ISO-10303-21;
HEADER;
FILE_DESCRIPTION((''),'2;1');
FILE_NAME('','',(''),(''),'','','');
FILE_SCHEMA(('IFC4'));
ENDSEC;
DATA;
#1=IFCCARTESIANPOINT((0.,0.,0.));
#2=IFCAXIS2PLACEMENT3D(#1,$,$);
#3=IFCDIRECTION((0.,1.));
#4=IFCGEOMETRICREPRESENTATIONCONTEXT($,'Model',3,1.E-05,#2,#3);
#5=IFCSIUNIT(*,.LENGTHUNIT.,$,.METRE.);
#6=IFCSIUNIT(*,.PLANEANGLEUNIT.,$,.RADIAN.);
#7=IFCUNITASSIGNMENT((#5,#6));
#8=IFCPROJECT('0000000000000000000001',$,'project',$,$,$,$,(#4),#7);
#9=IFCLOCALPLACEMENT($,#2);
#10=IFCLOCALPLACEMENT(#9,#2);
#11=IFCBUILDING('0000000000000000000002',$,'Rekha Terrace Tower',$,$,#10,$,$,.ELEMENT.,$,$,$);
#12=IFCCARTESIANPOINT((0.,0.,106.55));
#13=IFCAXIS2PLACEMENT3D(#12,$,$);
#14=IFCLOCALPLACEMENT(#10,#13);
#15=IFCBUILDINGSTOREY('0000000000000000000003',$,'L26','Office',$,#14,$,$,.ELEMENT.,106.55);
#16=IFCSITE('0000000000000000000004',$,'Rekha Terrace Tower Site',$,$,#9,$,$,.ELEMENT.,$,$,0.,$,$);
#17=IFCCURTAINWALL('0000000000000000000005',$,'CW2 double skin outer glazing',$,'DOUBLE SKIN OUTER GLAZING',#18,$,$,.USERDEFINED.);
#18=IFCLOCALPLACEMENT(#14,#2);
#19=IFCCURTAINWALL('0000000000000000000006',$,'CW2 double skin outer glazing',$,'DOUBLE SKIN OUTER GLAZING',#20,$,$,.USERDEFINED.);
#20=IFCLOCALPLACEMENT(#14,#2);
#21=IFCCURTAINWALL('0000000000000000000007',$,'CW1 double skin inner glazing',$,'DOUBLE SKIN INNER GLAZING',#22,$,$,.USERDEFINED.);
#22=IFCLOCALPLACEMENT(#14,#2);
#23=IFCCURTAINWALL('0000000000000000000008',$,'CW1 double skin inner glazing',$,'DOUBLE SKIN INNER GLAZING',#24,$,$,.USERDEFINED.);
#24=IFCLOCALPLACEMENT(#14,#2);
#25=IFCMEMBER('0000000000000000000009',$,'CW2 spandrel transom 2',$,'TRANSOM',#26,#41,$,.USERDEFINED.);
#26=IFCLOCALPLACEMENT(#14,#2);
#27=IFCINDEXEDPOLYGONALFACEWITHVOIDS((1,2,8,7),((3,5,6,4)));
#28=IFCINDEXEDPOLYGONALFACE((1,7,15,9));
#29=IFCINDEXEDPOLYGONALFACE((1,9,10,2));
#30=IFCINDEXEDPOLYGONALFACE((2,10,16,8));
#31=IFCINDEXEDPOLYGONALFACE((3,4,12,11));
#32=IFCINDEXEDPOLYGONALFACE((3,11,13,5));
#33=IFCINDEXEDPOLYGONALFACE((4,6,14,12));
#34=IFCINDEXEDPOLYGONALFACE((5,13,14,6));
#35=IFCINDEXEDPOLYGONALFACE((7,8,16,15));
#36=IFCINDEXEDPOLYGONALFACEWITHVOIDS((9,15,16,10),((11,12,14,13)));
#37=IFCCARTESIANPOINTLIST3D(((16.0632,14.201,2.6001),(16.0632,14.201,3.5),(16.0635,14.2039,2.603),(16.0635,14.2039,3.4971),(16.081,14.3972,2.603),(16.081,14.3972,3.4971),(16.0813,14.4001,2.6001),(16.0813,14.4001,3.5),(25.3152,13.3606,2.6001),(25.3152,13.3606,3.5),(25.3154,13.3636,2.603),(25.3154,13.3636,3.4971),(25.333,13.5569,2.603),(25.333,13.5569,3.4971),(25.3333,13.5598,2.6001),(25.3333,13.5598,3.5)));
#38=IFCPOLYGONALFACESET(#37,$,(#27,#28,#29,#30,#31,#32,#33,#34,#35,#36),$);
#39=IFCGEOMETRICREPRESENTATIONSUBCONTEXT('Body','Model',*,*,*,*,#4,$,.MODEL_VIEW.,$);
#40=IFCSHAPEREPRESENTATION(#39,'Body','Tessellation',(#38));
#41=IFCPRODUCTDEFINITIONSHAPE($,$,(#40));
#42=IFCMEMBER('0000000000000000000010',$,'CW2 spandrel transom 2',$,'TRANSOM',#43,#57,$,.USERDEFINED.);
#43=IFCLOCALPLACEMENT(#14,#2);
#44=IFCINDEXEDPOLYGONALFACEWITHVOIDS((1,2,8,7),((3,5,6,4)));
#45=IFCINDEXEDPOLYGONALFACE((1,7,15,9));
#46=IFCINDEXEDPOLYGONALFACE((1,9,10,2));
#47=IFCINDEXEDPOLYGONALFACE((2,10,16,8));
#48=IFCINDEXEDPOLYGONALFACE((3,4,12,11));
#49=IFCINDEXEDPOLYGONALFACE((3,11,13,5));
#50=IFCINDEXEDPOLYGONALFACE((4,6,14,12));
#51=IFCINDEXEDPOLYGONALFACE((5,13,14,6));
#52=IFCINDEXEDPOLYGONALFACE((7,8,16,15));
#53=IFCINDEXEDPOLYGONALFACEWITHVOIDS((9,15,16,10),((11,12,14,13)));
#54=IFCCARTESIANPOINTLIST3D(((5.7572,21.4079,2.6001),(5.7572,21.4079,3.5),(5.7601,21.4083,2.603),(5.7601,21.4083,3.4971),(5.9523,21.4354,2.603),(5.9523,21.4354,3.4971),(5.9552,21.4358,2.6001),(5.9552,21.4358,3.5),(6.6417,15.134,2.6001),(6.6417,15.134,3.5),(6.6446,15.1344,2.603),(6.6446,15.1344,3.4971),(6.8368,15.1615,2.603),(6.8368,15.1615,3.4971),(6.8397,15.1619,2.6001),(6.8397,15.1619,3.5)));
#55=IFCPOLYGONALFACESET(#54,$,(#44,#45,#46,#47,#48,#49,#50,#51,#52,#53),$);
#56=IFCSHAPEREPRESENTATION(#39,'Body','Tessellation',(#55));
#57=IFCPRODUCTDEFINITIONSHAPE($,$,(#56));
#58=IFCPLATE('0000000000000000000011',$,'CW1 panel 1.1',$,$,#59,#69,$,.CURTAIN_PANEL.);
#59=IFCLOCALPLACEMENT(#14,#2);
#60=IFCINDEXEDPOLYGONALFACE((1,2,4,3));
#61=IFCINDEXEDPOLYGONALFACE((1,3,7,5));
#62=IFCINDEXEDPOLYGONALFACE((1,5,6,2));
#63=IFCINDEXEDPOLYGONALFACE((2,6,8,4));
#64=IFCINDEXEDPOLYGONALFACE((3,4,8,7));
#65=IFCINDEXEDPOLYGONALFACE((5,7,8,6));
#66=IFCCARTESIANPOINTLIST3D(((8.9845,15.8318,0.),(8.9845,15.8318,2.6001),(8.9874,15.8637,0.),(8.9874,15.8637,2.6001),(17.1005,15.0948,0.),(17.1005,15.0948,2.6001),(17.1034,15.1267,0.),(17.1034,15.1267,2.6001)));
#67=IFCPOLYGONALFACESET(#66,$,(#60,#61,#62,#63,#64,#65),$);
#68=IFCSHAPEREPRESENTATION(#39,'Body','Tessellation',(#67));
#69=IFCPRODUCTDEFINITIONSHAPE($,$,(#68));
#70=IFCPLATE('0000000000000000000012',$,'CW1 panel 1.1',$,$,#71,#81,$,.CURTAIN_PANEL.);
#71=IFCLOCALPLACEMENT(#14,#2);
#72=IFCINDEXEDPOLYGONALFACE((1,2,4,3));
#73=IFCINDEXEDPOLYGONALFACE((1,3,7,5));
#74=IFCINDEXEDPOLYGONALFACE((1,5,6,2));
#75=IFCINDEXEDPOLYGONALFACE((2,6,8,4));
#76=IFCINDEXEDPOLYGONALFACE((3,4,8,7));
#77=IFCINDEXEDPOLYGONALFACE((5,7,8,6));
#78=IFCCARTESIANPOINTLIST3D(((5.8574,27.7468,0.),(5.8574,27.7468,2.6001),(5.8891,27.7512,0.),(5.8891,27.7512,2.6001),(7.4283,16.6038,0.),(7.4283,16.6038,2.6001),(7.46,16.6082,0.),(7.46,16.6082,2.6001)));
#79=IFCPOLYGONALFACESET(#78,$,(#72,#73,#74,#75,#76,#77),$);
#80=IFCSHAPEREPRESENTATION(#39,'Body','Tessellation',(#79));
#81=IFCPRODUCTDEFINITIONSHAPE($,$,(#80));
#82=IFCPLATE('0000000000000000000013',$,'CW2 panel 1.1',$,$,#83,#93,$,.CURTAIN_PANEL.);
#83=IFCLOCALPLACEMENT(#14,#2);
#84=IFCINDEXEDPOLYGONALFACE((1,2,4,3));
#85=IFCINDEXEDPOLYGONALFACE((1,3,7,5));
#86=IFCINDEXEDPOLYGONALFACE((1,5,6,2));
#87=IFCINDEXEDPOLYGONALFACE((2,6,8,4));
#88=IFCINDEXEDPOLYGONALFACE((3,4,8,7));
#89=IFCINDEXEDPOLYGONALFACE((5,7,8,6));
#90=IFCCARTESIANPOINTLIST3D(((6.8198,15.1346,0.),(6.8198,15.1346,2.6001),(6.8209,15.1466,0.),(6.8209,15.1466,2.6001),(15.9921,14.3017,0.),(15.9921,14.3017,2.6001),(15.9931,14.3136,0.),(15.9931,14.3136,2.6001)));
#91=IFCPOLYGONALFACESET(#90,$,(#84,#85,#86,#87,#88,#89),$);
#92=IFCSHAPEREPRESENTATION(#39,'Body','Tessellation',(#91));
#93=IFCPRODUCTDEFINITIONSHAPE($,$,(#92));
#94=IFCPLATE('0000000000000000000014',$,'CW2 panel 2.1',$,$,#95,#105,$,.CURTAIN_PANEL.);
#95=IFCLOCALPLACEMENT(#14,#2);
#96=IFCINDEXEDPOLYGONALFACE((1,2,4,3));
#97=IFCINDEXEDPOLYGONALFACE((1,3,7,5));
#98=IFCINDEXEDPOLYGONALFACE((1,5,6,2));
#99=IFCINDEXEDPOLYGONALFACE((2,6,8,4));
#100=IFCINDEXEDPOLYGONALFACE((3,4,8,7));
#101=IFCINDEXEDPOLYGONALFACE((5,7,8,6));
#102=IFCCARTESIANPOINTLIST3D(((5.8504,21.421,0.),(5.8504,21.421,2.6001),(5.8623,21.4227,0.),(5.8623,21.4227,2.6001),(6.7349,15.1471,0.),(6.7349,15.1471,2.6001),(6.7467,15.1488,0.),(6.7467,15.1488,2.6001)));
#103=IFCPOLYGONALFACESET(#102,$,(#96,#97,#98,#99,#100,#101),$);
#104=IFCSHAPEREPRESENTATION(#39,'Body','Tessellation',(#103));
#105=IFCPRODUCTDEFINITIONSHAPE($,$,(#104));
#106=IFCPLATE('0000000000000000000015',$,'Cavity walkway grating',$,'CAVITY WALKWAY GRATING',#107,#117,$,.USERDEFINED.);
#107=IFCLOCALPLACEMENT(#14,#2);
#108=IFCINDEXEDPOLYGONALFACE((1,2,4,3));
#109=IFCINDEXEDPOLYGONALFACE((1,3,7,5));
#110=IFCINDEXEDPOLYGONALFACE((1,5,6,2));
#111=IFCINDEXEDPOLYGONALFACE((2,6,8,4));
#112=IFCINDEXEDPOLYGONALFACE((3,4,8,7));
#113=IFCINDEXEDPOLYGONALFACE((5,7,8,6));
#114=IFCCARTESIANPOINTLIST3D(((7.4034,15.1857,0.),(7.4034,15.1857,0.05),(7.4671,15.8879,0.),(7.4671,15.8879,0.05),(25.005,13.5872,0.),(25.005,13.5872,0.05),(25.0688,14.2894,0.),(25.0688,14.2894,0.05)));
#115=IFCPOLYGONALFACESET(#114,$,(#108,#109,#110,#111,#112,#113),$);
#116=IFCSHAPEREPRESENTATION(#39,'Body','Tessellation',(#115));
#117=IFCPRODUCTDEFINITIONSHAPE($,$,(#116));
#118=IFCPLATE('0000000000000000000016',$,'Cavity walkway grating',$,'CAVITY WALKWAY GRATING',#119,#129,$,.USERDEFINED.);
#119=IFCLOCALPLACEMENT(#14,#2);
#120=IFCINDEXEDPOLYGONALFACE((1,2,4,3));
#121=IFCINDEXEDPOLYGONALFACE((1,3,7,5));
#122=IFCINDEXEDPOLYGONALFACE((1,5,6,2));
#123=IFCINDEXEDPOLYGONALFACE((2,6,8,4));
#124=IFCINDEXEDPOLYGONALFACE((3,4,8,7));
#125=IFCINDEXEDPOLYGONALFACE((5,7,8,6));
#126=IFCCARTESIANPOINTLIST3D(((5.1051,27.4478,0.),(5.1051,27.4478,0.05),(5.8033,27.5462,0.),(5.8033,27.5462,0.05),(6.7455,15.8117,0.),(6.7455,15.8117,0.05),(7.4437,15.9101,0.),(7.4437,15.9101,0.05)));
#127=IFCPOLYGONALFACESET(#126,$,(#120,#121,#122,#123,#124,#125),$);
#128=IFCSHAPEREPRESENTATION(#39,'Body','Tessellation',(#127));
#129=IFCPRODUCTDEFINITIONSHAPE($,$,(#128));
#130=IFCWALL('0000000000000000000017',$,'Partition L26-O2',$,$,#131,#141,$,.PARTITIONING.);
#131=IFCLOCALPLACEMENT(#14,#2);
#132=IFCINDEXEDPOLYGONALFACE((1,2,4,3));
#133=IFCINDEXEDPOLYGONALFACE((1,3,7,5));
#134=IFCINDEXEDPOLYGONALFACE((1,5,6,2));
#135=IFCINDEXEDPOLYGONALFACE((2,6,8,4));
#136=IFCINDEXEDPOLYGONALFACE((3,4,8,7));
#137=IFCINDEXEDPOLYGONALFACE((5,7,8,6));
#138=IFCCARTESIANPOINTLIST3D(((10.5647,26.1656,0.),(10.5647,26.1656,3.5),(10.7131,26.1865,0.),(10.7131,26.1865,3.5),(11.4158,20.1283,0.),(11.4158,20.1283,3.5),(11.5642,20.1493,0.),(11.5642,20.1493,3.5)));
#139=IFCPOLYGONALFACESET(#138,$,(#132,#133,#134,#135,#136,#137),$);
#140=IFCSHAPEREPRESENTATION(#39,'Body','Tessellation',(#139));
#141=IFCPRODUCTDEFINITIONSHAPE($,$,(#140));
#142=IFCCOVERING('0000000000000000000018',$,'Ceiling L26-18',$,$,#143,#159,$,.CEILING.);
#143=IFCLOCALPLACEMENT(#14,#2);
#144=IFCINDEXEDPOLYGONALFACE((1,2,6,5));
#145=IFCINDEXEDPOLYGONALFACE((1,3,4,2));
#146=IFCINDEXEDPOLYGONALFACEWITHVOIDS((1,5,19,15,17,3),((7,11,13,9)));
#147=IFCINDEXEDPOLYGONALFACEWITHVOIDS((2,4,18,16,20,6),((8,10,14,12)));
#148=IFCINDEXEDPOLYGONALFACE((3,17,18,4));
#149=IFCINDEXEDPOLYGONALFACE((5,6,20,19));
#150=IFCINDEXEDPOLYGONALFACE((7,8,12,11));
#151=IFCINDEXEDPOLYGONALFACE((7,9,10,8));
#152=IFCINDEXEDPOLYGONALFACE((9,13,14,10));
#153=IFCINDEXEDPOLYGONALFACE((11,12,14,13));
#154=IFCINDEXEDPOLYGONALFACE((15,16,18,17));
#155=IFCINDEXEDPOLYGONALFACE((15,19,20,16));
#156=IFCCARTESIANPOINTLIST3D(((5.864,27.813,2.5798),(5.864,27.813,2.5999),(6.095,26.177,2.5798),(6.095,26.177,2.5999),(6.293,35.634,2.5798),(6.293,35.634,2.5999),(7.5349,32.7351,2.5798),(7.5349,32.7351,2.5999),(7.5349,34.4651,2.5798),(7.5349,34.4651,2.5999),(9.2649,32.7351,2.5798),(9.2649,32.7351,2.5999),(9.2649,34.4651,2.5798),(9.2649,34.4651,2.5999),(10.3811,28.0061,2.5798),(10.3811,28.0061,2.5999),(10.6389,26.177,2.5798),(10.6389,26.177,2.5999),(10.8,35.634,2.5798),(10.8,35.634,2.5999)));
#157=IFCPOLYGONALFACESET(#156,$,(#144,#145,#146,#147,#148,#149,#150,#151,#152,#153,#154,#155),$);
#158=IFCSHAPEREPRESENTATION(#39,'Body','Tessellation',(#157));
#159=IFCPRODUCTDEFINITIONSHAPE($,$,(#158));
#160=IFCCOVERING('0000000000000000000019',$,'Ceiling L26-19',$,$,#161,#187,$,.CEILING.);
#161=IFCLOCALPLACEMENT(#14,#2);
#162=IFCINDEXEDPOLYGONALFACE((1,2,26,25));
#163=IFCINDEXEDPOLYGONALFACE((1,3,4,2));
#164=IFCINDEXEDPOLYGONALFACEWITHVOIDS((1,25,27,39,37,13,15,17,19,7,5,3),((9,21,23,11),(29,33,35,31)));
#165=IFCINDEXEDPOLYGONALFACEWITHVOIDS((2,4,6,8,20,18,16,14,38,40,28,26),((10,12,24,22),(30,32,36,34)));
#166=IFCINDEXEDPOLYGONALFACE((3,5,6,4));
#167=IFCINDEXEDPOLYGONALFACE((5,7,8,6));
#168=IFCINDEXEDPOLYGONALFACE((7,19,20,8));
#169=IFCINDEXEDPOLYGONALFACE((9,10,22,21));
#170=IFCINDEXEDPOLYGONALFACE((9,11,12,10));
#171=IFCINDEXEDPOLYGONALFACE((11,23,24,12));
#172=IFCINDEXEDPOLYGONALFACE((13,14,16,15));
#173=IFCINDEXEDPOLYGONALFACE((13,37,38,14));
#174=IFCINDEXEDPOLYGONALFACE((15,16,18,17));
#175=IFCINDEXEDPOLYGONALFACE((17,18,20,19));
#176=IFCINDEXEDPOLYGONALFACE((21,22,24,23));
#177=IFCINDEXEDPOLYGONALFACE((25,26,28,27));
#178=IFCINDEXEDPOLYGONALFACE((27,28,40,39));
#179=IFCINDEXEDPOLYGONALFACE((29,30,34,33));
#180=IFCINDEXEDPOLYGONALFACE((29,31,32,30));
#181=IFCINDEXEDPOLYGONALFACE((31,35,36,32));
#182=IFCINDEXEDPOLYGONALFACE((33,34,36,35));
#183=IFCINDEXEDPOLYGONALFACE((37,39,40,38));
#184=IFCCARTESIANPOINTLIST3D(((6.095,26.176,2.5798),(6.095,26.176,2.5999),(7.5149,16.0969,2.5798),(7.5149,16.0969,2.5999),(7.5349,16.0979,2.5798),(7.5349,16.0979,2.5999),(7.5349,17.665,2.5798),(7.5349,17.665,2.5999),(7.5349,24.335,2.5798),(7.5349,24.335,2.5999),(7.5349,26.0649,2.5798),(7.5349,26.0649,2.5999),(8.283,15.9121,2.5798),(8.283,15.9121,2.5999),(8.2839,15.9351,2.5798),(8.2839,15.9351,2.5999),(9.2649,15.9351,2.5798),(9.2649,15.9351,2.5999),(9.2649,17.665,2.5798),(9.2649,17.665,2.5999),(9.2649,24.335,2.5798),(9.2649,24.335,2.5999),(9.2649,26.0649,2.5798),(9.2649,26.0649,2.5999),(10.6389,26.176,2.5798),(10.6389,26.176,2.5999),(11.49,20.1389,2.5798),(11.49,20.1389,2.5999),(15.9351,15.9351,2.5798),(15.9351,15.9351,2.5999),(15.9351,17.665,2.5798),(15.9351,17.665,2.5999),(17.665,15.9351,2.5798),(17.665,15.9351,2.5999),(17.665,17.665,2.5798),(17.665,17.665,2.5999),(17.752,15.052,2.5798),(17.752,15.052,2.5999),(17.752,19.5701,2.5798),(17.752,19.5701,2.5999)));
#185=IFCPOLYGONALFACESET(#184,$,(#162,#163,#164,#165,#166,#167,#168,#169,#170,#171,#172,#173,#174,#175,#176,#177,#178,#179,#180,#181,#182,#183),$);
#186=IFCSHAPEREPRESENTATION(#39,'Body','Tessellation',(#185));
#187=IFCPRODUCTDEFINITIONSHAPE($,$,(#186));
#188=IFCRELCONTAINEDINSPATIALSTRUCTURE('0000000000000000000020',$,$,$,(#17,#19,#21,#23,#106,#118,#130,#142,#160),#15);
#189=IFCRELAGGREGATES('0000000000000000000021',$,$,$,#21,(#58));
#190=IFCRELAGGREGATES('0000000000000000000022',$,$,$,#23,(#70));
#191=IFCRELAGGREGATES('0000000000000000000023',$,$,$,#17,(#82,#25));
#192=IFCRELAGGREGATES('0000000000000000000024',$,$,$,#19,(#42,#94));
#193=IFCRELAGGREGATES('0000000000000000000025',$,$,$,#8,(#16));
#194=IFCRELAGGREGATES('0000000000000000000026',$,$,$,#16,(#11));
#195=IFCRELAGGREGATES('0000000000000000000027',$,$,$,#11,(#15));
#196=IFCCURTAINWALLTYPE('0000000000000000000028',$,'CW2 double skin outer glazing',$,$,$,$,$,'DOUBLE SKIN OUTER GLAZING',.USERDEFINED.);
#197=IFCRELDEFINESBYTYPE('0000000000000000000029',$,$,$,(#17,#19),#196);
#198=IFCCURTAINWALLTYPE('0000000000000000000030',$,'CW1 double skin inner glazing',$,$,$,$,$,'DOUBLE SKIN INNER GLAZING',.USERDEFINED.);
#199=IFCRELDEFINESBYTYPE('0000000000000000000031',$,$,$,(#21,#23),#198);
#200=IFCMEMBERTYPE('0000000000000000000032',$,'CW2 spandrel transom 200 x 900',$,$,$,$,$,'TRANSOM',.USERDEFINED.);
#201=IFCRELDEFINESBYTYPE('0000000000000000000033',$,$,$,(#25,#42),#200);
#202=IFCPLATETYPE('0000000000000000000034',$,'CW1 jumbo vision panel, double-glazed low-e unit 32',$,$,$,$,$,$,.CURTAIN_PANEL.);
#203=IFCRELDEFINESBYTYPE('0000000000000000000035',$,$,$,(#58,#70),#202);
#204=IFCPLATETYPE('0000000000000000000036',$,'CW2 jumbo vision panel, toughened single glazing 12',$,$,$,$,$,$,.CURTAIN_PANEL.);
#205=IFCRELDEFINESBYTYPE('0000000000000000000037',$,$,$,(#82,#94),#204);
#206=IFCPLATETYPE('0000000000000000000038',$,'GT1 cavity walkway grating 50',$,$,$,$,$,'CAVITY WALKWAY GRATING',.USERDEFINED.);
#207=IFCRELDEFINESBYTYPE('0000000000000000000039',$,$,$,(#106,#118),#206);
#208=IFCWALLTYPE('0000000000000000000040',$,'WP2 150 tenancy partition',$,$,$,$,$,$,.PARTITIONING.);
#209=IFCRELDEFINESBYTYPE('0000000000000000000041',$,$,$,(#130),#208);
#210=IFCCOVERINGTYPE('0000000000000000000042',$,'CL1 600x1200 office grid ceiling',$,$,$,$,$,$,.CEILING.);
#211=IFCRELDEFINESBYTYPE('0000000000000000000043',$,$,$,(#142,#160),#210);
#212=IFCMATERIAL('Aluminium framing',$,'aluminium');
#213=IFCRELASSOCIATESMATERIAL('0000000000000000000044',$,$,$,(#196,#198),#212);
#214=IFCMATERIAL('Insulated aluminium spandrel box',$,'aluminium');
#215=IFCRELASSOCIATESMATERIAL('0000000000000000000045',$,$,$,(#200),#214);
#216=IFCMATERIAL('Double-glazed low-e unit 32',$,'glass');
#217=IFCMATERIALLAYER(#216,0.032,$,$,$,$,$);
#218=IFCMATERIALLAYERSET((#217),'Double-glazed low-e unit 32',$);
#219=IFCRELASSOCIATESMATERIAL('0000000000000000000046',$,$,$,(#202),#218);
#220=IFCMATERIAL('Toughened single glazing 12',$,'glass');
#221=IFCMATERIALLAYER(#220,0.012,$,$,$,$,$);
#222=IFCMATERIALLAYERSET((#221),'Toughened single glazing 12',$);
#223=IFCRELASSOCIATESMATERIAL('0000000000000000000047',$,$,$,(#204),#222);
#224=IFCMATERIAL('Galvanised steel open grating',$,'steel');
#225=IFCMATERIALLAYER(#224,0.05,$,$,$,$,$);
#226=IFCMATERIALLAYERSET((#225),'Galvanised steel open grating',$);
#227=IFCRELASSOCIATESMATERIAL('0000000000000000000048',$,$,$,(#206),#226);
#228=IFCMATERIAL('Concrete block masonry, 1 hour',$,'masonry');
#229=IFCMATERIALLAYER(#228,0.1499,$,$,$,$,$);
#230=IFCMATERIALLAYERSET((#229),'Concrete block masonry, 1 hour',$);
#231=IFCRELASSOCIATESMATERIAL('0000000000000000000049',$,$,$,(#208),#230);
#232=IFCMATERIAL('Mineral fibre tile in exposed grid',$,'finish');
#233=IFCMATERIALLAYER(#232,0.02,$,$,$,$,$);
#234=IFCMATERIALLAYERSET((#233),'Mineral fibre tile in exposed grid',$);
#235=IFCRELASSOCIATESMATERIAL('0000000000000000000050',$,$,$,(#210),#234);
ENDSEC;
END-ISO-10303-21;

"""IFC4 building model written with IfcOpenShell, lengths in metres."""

from ifc_helpers import new_model, si_unit, direction, frame, frame_2d, origin, origin_2d, place, context, subcontext, project, spatial, polyline, rectangle, hollow_rectangle, outline, extrude, material, layer, layer_set, material_profile, profile_set, type_object, element, aggregate, save


model = new_model("IFC4")

# Units and contexts
model_context = context("Model", 3, precision=1e-05, world=origin(), true_north=direction((0.0, 1.0)))
body_context = subcontext(model_context, "Body", "Model", "MODEL_VIEW")
ifc_project = project(units=[si_unit("LENGTHUNIT", "METRE"), si_unit("PLANEANGLEUNIT", "RADIAN")], contexts=[model_context])

# Site, building, storey
site_placement = place(None, origin())
site = spatial("IfcSite", under=ifc_project, at=site_placement, Name="Rekha Terrace Tower Site", CompositionType="ELEMENT", RefElevation=0.0)
building_placement = place(site_placement, origin())
building = spatial("IfcBuilding", under=site, at=building_placement, Name="Rekha Terrace Tower", CompositionType="ELEMENT")
storey_placement = place(building_placement, frame((0.0, 0.0, 106.55)))
storey = spatial("IfcBuildingStorey", under=building, at=storey_placement, Name="L26", Description="Office", CompositionType="ELEMENT", Elevation=106.55)

# Curtain walls
ifc_material_1 = material(Name="Aluminium framing", Category="aluminium")
curtain_wall_type_1 = type_object("IfcCurtainWallType", Name="CW2 double skin outer glazing", ElementType="DOUBLE SKIN OUTER GLAZING", PredefinedType="USERDEFINED", material=ifc_material_1)
curtain_wall_1_placement = place(storey_placement, origin())
curtain_wall_1 = element("IfcCurtainWall", 1, at=curtain_wall_1_placement, inside=storey, type_object=curtain_wall_type_1, Name="CW2 double skin outer glazing", ObjectType="DOUBLE SKIN OUTER GLAZING", PredefinedType="USERDEFINED")
curtain_wall_2_placement = place(storey_placement, origin())
curtain_wall_2 = element("IfcCurtainWall", 2, at=curtain_wall_2_placement, inside=storey, type_object=curtain_wall_type_1, Name="CW2 double skin outer glazing", ObjectType="DOUBLE SKIN OUTER GLAZING", PredefinedType="USERDEFINED")
curtain_wall_type_2 = type_object("IfcCurtainWallType", Name="CW1 double skin inner glazing", ElementType="DOUBLE SKIN INNER GLAZING", PredefinedType="USERDEFINED", material=ifc_material_1)
curtain_wall_3_placement = place(storey_placement, origin())
curtain_wall_3 = element("IfcCurtainWall", 3, at=curtain_wall_3_placement, inside=storey, type_object=curtain_wall_type_2, Name="CW1 double skin inner glazing", ObjectType="DOUBLE SKIN INNER GLAZING", PredefinedType="USERDEFINED")
curtain_wall_4_placement = place(storey_placement, origin())
curtain_wall_4 = element("IfcCurtainWall", 4, at=curtain_wall_4_placement, inside=storey, type_object=curtain_wall_type_2, Name="CW1 double skin inner glazing", ObjectType="DOUBLE SKIN INNER GLAZING", PredefinedType="USERDEFINED")

# Members
ifc_material_2 = material(Name="Insulated aluminium spandrel box", Category="aluminium")
ifc_material_profile_1 = material_profile(ifc_material_2, hollow_rectangle(XDim=0.2, YDim=0.8999, WallThickness=0.0029, at=origin_2d()), Name="AL SPANDREL BOX 200x900")
ifc_profile_set_1 = profile_set([ifc_material_profile_1], Name="Insulated aluminium spandrel box")
member_type_1 = type_object("IfcMemberType", Name="CW2 spandrel transom 200 x 900", ElementType="TRANSOM", PredefinedType="USERDEFINED", material=ifc_profile_set_1)
member_1_placement = place(storey_placement, frame((16.0723, 14.3005, 3.05), z_axis=(0.995901, -0.090455, 0.0), x_axis=(0.090455, 0.995901, 0.0)))
member_1 = element("IfcMember", 5, at=member_1_placement, type_object=member_type_1, Name="CW2 spandrel transom 2", ObjectType="TRANSOM", PredefinedType="USERDEFINED", context=body_context, shape_type="SweptSolid", body=[
    extrude(hollow_rectangle(XDim=0.2, YDim=0.8999, WallThickness=0.0029, at=origin_2d()), origin(), (0.0, 0.0, 1.0), 9.29),
])
member_2_placement = place(storey_placement, frame((5.8562, 21.4219, 3.05), z_axis=(0.139603, -0.990208, 0.0), x_axis=(0.990208, 0.139603, 0.0)))
member_2 = element("IfcMember", 6, at=member_2_placement, type_object=member_type_1, Name="CW2 spandrel transom 2", ObjectType="TRANSOM", PredefinedType="USERDEFINED", context=body_context, shape_type="SweptSolid", body=[
    extrude(hollow_rectangle(XDim=0.2, YDim=0.8999, WallThickness=0.0029, at=origin_2d()), origin(), (0.0, 0.0, 1.0), 6.3359),
])

# Plates
ifc_material_3 = material(Name="Double-glazed low-e unit 32", Category="glass")
ifc_layer_1 = layer(ifc_material_3, 0.032)
ifc_layer_set_1 = layer_set([ifc_layer_1], Name="Double-glazed low-e unit 32")
plate_type_1 = type_object("IfcPlateType", Name="CW1 jumbo vision panel, double-glazed low-e unit 32", PredefinedType="CURTAIN_PANEL", material=ifc_layer_set_1)
plate_1_placement = place(storey_placement, frame((13.0439, 15.4792, 0.0), z_axis=(0.0, 0.0, 1.0), x_axis=(0.995902, -0.09044, 0.0)))
plate_1 = element("IfcPlate", 7, at=plate_1_placement, type_object=plate_type_1, Name="CW1 panel 1.1", PredefinedType="CURTAIN_PANEL", context=body_context, shape_type="SweptSolid", body=[
    extrude(rectangle(XDim=8.1494, YDim=0.032, at=origin_2d()), origin(), (0.0, 0.0, 1.0), 2.6001),
])
aggregate(curtain_wall_3, [plate_1])
plate_2_placement = place(storey_placement, frame((6.6587, 22.1775, 0.0), z_axis=(0.0, 0.0, 1.0), x_axis=(0.139597, -0.990208, 0.0)))
plate_2 = element("IfcPlate", 8, at=plate_2_placement, type_object=plate_type_1, Name="CW1 panel 1.1", PredefinedType="CURTAIN_PANEL", context=body_context, shape_type="SweptSolid", body=[
    extrude(rectangle(XDim=11.2532, YDim=0.032, at=origin_2d()), origin(), (0.0, 0.0, 1.0), 2.6001),
])
aggregate(curtain_wall_4, [plate_2])
ifc_material_4 = material(Name="Toughened single glazing 12", Category="glass")
ifc_layer_2 = layer(ifc_material_4, 0.012)
ifc_layer_set_2 = layer_set([ifc_layer_2], Name="Toughened single glazing 12")
plate_type_2 = type_object("IfcPlateType", Name="CW2 jumbo vision panel, toughened single glazing 12", PredefinedType="CURTAIN_PANEL", material=ifc_layer_set_2)
plate_3_placement = place(storey_placement, frame((11.4065, 14.7241, 0.0), z_axis=(0.0, 0.0, 1.0), x_axis=(0.995902, -0.09044, 0.0)))
plate_3 = element("IfcPlate", 9, at=plate_3_placement, type_object=plate_type_2, Name="CW2 panel 1.1", PredefinedType="CURTAIN_PANEL", context=body_context, shape_type="SweptSolid", body=[
    extrude(rectangle(XDim=9.21, YDim=0.012, at=origin_2d()), origin(), (0.0, 0.0, 1.0), 2.6001),
])
aggregate(curtain_wall_1, [plate_3, member_1])
plate_4_placement = place(storey_placement, frame((6.2986, 18.2849, 0.0), z_axis=(0.0, 0.0, 1.0), x_axis=(0.139597, -0.990208, 0.0)))
plate_4 = element("IfcPlate", 10, at=plate_4_placement, type_object=plate_type_2, Name="CW2 panel 2.1", PredefinedType="CURTAIN_PANEL", context=body_context, shape_type="SweptSolid", body=[
    extrude(rectangle(XDim=6.3359, YDim=0.012, at=origin_2d()), origin(), (0.0, 0.0, 1.0), 2.6001),
])
aggregate(curtain_wall_2, [member_2, plate_4])

# Plates
ifc_material_5 = material(Name="Galvanised steel open grating", Category="steel")
ifc_layer_3 = layer(ifc_material_5, 0.05)
ifc_layer_set_3 = layer_set([ifc_layer_3], Name="Galvanised steel open grating")
plate_type_3 = type_object("IfcPlateType", Name="GT1 cavity walkway grating 50", ElementType="CAVITY WALKWAY GRATING", PredefinedType="USERDEFINED", material=ifc_layer_set_3)
plate_5_placement = place(storey_placement, frame((16.2361, 14.7375, 0.0), z_axis=(0.0, 0.0, 1.0), x_axis=(0.995902, -0.09044, 0.0)))
element("IfcPlate", 11, at=plate_5_placement, inside=storey, type_object=plate_type_3, Name="Cavity walkway grating", ObjectType="CAVITY WALKWAY GRATING", PredefinedType="USERDEFINED", context=body_context, shape_type="SweptSolid", body=[
    extrude(rectangle(XDim=17.6741, YDim=0.7051, at=origin_2d()), origin(), (0.0, 0.0, 1.0), 0.05),
])
plate_6_placement = place(storey_placement, frame((6.2744, 21.679, 0.0), z_axis=(0.0, 0.0, 1.0), x_axis=(0.139597, -0.990208, 0.0)))
element("IfcPlate", 12, at=plate_6_placement, inside=storey, type_object=plate_type_3, Name="Cavity walkway grating", ObjectType="CAVITY WALKWAY GRATING", PredefinedType="USERDEFINED", context=body_context, shape_type="SweptSolid", body=[
    extrude(rectangle(XDim=11.7512, YDim=0.7051, at=origin_2d()), origin(), (0.0, 0.0, 1.0), 0.05),
])

# Wall
ifc_material_6 = material(Name="Concrete block masonry, 1 hour", Category="masonry")
ifc_layer_4 = layer(ifc_material_6, 0.1499)
ifc_layer_set_4 = layer_set([ifc_layer_4], Name="Concrete block masonry, 1 hour")
wall_type = type_object("IfcWallType", Name="WP2 150 tenancy partition", PredefinedType="PARTITIONING", material=ifc_layer_set_4)
wall_placement = place(storey_placement, frame((11.49, 20.1389, 0.0), z_axis=(0.0, 0.0, 1.0), x_axis=(-0.139594, 0.990209, 0.0)))
element("IfcWall", 13, at=wall_placement, inside=storey, type_object=wall_type, Name="Partition L26-O2", PredefinedType="PARTITIONING", context=body_context, shape_type="SweptSolid", body=[
    extrude(rectangle(XDim=6.0969, YDim=0.1499, at=frame_2d((3.0483, 0.0))), origin(), (0.0, 0.0, 1.0), 3.5),
])

# Coverings
ifc_material_7 = material(Name="Mineral fibre tile in exposed grid", Category="finish")
ifc_layer_5 = layer(ifc_material_7, 0.02)
ifc_layer_set_5 = layer_set([ifc_layer_5], Name="Mineral fibre tile in exposed grid")
covering_type_1 = type_object("IfcCoveringType", Name="CL1 600x1200 office grid ceiling", PredefinedType="CEILING", material=ifc_layer_set_5)
covering_1_placement = place(storey_placement, frame((0.0, 0.0, 2.5798)))
element("IfcCovering", 14, at=covering_1_placement, inside=storey, type_object=covering_type_1, Name="Ceiling L26-18", PredefinedType="CEILING", context=body_context, shape_type="SweptSolid", body=[
    extrude(outline(polyline([(10.3811, 28.0061), (10.8, 35.634), (6.293, 35.634), (5.864, 27.813), (6.095, 26.177), (10.6389, 26.177), (10.3811, 28.0061)]), holes=[polyline([(9.2649, 32.7351), (7.5349, 32.7351), (7.5349, 34.4651), (9.2649, 34.4651), (9.2649, 32.7351)])]), origin(), (0.0, 0.0, 1.0), 0.02),
])
covering_2_placement = place(storey_placement, frame((0.0, 0.0, 2.5798)))
element("IfcCovering", 15, at=covering_2_placement, inside=storey, type_object=covering_type_1, Name="Ceiling L26-19", PredefinedType="CEILING", context=body_context, shape_type="SweptSolid", body=[
    extrude(outline(polyline([(7.5149, 16.0969), (7.5349, 16.0979), (7.5349, 17.665), (9.2649, 17.665), (9.2649, 15.9351), (8.2839, 15.9351), (8.283, 15.9121), (17.752, 15.052), (17.752, 19.5701), (11.49, 20.1389), (10.6389, 26.176), (6.095, 26.176), (7.5149, 16.0969)]), holes=[polyline([(17.665, 15.9351), (15.9351, 15.9351), (15.9351, 17.665), (17.665, 17.665), (17.665, 15.9351)]), polyline([(9.2649, 24.335), (7.5349, 24.335), (7.5349, 26.0649), (9.2649, 26.0649), (9.2649, 24.335)])]), origin(), (0.0, 0.0, 1.0), 0.02),
])

save(model, "model.ifc")
